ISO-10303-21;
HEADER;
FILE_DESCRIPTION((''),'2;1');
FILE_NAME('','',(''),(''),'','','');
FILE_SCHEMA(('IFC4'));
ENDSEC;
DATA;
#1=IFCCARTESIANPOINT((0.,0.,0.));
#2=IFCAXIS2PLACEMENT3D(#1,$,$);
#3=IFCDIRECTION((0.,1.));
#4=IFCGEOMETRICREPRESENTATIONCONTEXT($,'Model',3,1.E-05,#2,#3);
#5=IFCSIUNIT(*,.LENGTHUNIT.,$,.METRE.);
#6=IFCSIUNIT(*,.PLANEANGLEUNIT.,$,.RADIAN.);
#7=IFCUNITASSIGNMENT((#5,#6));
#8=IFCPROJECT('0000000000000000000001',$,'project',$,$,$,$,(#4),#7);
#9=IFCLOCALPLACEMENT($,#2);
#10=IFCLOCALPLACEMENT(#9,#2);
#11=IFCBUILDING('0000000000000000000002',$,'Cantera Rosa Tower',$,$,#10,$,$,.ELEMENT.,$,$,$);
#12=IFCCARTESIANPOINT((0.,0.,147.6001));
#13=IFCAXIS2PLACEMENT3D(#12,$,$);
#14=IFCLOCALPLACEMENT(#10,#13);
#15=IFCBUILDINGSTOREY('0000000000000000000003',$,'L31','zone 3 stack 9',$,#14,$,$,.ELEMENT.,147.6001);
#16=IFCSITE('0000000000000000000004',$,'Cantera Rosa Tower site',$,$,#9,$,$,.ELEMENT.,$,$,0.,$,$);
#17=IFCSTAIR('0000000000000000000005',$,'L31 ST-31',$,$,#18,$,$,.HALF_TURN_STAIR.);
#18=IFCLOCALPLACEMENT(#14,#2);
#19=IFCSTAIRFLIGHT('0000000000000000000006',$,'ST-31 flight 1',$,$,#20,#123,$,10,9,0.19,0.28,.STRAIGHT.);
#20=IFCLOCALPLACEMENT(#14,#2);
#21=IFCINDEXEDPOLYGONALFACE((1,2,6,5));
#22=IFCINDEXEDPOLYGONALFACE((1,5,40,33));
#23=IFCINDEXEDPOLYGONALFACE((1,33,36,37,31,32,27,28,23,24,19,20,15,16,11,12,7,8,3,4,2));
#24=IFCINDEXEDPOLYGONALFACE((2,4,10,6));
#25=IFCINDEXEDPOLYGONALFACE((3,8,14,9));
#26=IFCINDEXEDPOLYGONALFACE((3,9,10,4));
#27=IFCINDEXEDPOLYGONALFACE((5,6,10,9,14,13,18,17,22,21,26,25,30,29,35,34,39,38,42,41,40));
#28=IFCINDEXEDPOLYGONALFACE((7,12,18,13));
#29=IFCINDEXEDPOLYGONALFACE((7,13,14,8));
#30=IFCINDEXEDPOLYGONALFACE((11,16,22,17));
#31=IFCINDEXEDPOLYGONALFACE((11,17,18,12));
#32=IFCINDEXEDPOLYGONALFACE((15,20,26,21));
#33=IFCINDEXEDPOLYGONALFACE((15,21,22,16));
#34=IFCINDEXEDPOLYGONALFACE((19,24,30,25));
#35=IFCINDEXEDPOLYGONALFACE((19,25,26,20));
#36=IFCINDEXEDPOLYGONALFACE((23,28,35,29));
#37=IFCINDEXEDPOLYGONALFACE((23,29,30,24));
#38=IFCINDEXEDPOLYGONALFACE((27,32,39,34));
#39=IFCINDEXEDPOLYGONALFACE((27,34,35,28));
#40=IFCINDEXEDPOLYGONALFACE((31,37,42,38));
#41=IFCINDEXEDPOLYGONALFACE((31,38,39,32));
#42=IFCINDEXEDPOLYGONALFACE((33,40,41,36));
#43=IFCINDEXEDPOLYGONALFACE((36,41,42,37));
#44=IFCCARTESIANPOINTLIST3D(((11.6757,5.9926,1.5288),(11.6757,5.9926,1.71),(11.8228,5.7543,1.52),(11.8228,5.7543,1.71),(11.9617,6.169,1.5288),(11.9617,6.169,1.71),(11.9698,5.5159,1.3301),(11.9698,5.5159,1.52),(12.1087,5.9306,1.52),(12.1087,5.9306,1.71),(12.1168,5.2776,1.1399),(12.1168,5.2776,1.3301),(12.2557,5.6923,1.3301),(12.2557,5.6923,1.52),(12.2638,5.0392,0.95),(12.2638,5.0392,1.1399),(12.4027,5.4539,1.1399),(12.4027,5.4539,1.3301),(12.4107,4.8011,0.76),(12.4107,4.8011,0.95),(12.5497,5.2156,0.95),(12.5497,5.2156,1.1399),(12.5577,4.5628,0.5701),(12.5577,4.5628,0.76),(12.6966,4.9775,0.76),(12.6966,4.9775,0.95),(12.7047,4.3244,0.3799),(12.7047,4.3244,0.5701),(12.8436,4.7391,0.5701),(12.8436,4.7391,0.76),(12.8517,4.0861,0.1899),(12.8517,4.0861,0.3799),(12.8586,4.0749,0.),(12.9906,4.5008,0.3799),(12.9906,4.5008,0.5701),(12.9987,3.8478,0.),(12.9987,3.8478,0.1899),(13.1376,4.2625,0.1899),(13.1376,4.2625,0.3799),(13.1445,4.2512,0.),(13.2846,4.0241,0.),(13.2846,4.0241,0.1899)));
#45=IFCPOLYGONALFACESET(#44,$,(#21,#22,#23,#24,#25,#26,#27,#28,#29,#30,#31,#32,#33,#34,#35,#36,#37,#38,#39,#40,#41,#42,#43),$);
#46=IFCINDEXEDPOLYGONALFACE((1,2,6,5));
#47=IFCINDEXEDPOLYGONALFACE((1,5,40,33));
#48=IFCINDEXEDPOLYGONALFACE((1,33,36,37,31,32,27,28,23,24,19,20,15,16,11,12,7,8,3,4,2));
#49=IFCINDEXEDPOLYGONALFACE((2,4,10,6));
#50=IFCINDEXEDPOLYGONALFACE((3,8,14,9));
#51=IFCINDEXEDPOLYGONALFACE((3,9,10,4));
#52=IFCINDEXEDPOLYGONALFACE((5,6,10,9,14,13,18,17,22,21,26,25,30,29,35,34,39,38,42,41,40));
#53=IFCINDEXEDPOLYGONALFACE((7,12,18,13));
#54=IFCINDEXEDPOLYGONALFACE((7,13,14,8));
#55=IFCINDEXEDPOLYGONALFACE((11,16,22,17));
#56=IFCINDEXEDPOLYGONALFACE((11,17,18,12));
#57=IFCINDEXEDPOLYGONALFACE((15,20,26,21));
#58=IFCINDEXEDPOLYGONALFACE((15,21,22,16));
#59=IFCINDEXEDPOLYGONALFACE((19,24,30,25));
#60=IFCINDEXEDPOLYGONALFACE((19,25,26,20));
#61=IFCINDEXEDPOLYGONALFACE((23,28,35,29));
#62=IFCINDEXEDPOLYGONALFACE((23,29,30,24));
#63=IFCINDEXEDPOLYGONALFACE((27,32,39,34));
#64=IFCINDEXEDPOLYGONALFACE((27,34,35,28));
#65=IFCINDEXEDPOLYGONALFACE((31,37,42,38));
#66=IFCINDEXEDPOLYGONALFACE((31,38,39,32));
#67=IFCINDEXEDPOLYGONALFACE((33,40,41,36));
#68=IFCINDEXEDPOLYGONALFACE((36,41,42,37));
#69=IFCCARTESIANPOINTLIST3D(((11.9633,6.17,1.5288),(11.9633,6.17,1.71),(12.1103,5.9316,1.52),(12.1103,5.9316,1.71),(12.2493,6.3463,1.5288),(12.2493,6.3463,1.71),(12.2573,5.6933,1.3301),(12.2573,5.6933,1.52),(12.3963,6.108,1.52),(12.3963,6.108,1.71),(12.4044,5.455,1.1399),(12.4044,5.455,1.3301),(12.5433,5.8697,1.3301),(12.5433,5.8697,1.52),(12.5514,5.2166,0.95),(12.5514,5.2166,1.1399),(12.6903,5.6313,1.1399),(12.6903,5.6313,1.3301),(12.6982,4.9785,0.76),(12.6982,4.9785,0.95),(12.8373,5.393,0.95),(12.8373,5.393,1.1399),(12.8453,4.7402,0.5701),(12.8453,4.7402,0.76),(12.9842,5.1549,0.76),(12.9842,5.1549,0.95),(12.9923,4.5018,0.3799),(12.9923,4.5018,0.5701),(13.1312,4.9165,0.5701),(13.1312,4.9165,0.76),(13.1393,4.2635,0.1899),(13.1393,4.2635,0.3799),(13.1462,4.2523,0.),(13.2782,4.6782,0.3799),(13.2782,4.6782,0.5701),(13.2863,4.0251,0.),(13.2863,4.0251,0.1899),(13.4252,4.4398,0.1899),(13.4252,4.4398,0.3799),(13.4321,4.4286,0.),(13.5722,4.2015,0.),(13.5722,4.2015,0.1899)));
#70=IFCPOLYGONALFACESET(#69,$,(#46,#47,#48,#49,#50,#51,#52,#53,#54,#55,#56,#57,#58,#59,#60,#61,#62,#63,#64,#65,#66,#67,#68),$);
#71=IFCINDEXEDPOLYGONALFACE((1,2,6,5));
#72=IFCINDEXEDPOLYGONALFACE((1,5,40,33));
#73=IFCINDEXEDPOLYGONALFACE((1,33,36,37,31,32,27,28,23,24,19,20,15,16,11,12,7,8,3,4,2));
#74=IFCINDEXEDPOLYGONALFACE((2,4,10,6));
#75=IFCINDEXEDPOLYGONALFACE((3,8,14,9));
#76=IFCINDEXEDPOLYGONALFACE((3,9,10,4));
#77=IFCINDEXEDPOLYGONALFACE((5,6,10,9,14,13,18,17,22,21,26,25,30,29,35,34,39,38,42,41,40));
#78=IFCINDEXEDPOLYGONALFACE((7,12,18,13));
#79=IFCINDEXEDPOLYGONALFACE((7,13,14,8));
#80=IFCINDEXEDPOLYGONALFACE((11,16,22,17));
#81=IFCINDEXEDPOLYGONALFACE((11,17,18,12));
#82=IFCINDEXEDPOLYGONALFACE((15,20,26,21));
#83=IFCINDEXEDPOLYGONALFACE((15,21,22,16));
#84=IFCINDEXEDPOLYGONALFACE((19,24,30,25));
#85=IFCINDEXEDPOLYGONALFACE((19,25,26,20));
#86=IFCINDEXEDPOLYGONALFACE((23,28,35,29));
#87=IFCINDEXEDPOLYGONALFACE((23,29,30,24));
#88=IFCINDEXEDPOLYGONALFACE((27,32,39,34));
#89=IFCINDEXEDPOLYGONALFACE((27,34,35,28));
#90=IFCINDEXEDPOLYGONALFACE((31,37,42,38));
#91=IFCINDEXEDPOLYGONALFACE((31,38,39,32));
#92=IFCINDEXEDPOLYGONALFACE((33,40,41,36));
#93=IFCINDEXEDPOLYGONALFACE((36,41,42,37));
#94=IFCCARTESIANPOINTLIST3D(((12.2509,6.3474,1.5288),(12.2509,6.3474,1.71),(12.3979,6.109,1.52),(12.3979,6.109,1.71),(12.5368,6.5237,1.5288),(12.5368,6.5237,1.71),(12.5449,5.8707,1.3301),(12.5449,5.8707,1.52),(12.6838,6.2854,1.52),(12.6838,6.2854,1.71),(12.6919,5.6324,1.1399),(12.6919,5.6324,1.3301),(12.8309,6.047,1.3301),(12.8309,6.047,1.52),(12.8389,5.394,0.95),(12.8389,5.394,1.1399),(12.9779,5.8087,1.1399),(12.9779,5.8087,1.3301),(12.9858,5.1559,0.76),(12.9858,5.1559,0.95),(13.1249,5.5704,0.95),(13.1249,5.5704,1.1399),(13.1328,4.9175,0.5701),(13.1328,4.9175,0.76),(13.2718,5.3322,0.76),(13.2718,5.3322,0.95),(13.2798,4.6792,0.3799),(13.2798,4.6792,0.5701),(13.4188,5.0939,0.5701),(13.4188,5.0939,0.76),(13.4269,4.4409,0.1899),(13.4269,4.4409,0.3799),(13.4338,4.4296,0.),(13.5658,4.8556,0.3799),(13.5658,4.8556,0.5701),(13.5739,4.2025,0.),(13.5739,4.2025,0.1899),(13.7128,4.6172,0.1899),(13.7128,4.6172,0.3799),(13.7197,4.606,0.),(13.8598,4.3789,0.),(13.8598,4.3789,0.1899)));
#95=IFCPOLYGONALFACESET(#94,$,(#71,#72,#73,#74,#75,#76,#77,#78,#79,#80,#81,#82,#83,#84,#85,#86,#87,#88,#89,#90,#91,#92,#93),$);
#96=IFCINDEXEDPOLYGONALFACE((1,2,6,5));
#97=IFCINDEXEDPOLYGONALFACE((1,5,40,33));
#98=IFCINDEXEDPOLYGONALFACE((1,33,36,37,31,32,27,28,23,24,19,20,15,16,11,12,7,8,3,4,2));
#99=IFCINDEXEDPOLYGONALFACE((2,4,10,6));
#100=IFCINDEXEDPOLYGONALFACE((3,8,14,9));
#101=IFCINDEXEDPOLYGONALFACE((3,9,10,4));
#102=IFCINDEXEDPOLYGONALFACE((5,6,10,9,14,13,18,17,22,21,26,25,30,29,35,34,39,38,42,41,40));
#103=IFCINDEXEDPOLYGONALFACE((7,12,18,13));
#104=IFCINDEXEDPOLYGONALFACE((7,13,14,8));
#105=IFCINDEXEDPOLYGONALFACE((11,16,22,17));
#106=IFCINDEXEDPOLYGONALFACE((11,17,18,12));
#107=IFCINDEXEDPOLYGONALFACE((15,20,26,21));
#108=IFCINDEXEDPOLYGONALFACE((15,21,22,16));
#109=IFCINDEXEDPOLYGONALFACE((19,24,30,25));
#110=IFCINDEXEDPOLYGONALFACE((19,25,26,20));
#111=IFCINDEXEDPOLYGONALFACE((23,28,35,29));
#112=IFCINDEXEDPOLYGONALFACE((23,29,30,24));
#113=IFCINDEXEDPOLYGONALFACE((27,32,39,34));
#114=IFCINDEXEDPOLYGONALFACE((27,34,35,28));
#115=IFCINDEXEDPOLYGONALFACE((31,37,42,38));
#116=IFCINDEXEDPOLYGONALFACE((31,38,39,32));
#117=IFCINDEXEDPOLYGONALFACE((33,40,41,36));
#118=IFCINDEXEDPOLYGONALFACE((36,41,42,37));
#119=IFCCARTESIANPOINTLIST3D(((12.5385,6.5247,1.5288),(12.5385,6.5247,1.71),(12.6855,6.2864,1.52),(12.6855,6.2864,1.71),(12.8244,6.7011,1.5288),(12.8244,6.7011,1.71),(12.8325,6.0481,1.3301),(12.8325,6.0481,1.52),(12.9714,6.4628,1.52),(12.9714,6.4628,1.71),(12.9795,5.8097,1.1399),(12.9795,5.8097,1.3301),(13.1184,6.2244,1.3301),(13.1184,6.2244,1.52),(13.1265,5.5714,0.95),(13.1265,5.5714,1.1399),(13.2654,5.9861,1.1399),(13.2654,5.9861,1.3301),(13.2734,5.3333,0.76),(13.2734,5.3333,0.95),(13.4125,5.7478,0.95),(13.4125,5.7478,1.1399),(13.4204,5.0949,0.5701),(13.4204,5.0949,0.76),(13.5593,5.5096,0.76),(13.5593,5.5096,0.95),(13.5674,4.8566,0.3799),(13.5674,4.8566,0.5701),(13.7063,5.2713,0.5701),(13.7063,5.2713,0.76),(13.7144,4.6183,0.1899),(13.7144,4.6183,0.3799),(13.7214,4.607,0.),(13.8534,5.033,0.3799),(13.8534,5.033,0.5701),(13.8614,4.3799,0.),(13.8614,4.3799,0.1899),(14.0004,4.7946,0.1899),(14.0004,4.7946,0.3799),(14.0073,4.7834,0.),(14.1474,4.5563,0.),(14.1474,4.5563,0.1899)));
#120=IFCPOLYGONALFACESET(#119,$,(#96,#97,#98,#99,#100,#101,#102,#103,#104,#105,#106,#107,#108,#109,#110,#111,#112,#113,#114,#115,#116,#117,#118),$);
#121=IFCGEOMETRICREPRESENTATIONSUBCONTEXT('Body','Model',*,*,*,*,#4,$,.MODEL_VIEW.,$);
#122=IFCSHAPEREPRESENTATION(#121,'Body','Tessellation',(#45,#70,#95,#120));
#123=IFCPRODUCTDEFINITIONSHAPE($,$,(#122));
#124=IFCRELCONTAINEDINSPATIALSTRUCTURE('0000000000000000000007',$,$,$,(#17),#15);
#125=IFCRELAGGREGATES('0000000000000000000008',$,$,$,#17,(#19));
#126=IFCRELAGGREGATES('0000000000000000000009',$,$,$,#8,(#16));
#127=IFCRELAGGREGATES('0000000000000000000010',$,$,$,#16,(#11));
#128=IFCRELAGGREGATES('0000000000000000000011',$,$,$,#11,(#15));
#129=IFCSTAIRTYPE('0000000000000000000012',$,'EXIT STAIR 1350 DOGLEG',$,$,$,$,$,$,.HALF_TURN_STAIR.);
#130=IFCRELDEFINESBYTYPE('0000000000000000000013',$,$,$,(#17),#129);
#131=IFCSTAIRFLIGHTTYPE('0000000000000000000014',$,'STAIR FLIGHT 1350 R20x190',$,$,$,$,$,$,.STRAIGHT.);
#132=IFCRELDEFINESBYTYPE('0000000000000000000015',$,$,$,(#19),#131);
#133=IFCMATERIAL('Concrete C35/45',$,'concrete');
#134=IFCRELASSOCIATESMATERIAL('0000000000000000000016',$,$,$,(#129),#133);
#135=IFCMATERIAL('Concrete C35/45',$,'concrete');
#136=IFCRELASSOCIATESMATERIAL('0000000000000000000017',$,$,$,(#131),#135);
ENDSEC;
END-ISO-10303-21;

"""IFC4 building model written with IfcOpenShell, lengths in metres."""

from ifc_helpers import new_model, si_unit, direction, frame, origin, place, context, subcontext, project, spatial, polyline, outline, extrude, material, type_object, element, aggregate, save


model = new_model("IFC4")

# Units and contexts
model_context = context("Model", 3, precision=1e-05, world=origin(), true_north=direction((0.0, 1.0)))
body_context = subcontext(model_context, "Body", "Model", "MODEL_VIEW")
ifc_project = project(units=[si_unit("LENGTHUNIT", "METRE"), si_unit("PLANEANGLEUNIT", "RADIAN")], contexts=[model_context])

# Site, building, storey
site_placement = place(None, origin())
site = spatial("IfcSite", under=ifc_project, at=site_placement, Name="Cantera Rosa Tower site", CompositionType="ELEMENT", RefElevation=0.0)
building_placement = place(site_placement, origin())
building = spatial("IfcBuilding", under=site, at=building_placement, Name="Cantera Rosa Tower", CompositionType="ELEMENT")
storey_placement = place(building_placement, frame((0.0, 0.0, 147.6001)))
storey = spatial("IfcBuildingStorey", under=building, at=storey_placement, Name="L31", Description="zone 3 stack 9", CompositionType="ELEMENT", Elevation=147.6001)

# Stair, stair flight
ifc_material_1 = material(Name="Concrete C35/45", Category="concrete")
stair_type = type_object("IfcStairType", Name="EXIT STAIR 1350 DOGLEG", PredefinedType="HALF_TURN_STAIR", material=ifc_material_1)
stair_1_placement = place(storey_placement, origin())
stair_1 = element("IfcStair", 1, at=stair_1_placement, inside=storey, type_object=stair_type, Name="L31 ST-31", PredefinedType="HALF_TURN_STAIR")
ifc_material_2 = material(Name="Concrete C35/45", Category="concrete")
stair_flight_type = type_object("IfcStairFlightType", Name="STAIR FLIGHT 1350 R20x190", PredefinedType="STRAIGHT", material=ifc_material_2)
stair_flight_1_placement = place(storey_placement, frame((13.5732, 4.2021, 0.0), z_axis=(0.0, 0.0, 1.0), x_axis=(-0.524977, 0.851117, 0.0)))
stair_flight_1 = element("IfcStairFlight", 2, at=stair_flight_1_placement, type_object=stair_flight_type, Name="ST-31 flight 1", NumberOfRisers=10, NumberOfTreads=9, PredefinedType="STRAIGHT", RiserHeight=0.19, TreadLength=0.28, context=body_context, shape_type="SweptSolid", body=[
    extrude(outline(polyline([(0.0, 0.0), (0.0, 0.1899), (0.28, 0.1899), (0.28, 0.3799), (0.5601, 0.3799), (0.5601, 0.5701), (0.8401, 0.5701), (0.8401, 0.76), (1.1201, 0.76), (1.1201, 0.95), (1.3999, 0.95), (1.3999, 1.1399), (1.6799, 1.1399), (1.6799, 1.3301), (1.96, 1.3301), (1.96, 1.52), (2.24, 1.52), (2.24, 1.71), (2.52, 1.71), (2.52, 1.8999), (2.52, 1.5288), (0.2668, 0.0), (0.0, 0.0)])), frame((0.0, 0.675, 0.0), z_axis=(0.0, -1.0, 0.0), x_axis=(1.0, 0.0, 0.0)), (0.0, 0.0, 1.0), 0.3359),
    extrude(outline(polyline([(0.0, 0.0), (0.0, 0.1899), (0.28, 0.1899), (0.28, 0.3799), (0.5601, 0.3799), (0.5601, 0.5701), (0.8401, 0.5701), (0.8401, 0.76), (1.1201, 0.76), (1.1201, 0.95), (1.3999, 0.95), (1.3999, 1.1399), (1.6799, 1.1399), (1.6799, 1.3301), (1.96, 1.3301), (1.96, 1.52), (2.24, 1.52), (2.24, 1.71), (2.52, 1.71), (2.52, 1.8999), (2.52, 1.5288), (0.2668, 0.0), (0.0, 0.0)])), frame((0.0, 0.3372, 0.0), z_axis=(0.0, -1.0, 0.0), x_axis=(1.0, 0.0, 0.0)), (0.0, 0.0, 1.0), 0.3359),
    extrude(outline(polyline([(0.0, 0.0), (0.0, 0.1899), (0.28, 0.1899), (0.28, 0.3799), (0.5601, 0.3799), (0.5601, 0.5701), (0.8401, 0.5701), (0.8401, 0.76), (1.1201, 0.76), (1.1201, 0.95), (1.3999, 0.95), (1.3999, 1.1399), (1.6799, 1.1399), (1.6799, 1.3301), (1.96, 1.3301), (1.96, 1.52), (2.24, 1.52), (2.24, 1.71), (2.52, 1.71), (2.52, 1.8999), (2.52, 1.5288), (0.2668, 0.0), (0.0, 0.0)])), frame((0.0, -0.0007, 0.0), z_axis=(0.0, -1.0, 0.0), x_axis=(1.0, 0.0, 0.0)), (0.0, 0.0, 1.0), 0.3359),
    extrude(outline(polyline([(0.0, 0.0), (0.0, 0.1899), (0.28, 0.1899), (0.28, 0.3799), (0.5601, 0.3799), (0.5601, 0.5701), (0.8401, 0.5701), (0.8401, 0.76), (1.1201, 0.76), (1.1201, 0.95), (1.3999, 0.95), (1.3999, 1.1399), (1.6799, 1.1399), (1.6799, 1.3301), (1.96, 1.3301), (1.96, 1.52), (2.24, 1.52), (2.24, 1.71), (2.52, 1.71), (2.52, 1.8999), (2.52, 1.5288), (0.2668, 0.0), (0.0, 0.0)])), frame((0.0, -0.3386, 0.0), z_axis=(0.0, -1.0, 0.0), x_axis=(1.0, 0.0, 0.0)), (0.0, 0.0, 1.0), 0.3359),
])
aggregate(stair_1, [stair_flight_1])

save(model, "model.ifc")
